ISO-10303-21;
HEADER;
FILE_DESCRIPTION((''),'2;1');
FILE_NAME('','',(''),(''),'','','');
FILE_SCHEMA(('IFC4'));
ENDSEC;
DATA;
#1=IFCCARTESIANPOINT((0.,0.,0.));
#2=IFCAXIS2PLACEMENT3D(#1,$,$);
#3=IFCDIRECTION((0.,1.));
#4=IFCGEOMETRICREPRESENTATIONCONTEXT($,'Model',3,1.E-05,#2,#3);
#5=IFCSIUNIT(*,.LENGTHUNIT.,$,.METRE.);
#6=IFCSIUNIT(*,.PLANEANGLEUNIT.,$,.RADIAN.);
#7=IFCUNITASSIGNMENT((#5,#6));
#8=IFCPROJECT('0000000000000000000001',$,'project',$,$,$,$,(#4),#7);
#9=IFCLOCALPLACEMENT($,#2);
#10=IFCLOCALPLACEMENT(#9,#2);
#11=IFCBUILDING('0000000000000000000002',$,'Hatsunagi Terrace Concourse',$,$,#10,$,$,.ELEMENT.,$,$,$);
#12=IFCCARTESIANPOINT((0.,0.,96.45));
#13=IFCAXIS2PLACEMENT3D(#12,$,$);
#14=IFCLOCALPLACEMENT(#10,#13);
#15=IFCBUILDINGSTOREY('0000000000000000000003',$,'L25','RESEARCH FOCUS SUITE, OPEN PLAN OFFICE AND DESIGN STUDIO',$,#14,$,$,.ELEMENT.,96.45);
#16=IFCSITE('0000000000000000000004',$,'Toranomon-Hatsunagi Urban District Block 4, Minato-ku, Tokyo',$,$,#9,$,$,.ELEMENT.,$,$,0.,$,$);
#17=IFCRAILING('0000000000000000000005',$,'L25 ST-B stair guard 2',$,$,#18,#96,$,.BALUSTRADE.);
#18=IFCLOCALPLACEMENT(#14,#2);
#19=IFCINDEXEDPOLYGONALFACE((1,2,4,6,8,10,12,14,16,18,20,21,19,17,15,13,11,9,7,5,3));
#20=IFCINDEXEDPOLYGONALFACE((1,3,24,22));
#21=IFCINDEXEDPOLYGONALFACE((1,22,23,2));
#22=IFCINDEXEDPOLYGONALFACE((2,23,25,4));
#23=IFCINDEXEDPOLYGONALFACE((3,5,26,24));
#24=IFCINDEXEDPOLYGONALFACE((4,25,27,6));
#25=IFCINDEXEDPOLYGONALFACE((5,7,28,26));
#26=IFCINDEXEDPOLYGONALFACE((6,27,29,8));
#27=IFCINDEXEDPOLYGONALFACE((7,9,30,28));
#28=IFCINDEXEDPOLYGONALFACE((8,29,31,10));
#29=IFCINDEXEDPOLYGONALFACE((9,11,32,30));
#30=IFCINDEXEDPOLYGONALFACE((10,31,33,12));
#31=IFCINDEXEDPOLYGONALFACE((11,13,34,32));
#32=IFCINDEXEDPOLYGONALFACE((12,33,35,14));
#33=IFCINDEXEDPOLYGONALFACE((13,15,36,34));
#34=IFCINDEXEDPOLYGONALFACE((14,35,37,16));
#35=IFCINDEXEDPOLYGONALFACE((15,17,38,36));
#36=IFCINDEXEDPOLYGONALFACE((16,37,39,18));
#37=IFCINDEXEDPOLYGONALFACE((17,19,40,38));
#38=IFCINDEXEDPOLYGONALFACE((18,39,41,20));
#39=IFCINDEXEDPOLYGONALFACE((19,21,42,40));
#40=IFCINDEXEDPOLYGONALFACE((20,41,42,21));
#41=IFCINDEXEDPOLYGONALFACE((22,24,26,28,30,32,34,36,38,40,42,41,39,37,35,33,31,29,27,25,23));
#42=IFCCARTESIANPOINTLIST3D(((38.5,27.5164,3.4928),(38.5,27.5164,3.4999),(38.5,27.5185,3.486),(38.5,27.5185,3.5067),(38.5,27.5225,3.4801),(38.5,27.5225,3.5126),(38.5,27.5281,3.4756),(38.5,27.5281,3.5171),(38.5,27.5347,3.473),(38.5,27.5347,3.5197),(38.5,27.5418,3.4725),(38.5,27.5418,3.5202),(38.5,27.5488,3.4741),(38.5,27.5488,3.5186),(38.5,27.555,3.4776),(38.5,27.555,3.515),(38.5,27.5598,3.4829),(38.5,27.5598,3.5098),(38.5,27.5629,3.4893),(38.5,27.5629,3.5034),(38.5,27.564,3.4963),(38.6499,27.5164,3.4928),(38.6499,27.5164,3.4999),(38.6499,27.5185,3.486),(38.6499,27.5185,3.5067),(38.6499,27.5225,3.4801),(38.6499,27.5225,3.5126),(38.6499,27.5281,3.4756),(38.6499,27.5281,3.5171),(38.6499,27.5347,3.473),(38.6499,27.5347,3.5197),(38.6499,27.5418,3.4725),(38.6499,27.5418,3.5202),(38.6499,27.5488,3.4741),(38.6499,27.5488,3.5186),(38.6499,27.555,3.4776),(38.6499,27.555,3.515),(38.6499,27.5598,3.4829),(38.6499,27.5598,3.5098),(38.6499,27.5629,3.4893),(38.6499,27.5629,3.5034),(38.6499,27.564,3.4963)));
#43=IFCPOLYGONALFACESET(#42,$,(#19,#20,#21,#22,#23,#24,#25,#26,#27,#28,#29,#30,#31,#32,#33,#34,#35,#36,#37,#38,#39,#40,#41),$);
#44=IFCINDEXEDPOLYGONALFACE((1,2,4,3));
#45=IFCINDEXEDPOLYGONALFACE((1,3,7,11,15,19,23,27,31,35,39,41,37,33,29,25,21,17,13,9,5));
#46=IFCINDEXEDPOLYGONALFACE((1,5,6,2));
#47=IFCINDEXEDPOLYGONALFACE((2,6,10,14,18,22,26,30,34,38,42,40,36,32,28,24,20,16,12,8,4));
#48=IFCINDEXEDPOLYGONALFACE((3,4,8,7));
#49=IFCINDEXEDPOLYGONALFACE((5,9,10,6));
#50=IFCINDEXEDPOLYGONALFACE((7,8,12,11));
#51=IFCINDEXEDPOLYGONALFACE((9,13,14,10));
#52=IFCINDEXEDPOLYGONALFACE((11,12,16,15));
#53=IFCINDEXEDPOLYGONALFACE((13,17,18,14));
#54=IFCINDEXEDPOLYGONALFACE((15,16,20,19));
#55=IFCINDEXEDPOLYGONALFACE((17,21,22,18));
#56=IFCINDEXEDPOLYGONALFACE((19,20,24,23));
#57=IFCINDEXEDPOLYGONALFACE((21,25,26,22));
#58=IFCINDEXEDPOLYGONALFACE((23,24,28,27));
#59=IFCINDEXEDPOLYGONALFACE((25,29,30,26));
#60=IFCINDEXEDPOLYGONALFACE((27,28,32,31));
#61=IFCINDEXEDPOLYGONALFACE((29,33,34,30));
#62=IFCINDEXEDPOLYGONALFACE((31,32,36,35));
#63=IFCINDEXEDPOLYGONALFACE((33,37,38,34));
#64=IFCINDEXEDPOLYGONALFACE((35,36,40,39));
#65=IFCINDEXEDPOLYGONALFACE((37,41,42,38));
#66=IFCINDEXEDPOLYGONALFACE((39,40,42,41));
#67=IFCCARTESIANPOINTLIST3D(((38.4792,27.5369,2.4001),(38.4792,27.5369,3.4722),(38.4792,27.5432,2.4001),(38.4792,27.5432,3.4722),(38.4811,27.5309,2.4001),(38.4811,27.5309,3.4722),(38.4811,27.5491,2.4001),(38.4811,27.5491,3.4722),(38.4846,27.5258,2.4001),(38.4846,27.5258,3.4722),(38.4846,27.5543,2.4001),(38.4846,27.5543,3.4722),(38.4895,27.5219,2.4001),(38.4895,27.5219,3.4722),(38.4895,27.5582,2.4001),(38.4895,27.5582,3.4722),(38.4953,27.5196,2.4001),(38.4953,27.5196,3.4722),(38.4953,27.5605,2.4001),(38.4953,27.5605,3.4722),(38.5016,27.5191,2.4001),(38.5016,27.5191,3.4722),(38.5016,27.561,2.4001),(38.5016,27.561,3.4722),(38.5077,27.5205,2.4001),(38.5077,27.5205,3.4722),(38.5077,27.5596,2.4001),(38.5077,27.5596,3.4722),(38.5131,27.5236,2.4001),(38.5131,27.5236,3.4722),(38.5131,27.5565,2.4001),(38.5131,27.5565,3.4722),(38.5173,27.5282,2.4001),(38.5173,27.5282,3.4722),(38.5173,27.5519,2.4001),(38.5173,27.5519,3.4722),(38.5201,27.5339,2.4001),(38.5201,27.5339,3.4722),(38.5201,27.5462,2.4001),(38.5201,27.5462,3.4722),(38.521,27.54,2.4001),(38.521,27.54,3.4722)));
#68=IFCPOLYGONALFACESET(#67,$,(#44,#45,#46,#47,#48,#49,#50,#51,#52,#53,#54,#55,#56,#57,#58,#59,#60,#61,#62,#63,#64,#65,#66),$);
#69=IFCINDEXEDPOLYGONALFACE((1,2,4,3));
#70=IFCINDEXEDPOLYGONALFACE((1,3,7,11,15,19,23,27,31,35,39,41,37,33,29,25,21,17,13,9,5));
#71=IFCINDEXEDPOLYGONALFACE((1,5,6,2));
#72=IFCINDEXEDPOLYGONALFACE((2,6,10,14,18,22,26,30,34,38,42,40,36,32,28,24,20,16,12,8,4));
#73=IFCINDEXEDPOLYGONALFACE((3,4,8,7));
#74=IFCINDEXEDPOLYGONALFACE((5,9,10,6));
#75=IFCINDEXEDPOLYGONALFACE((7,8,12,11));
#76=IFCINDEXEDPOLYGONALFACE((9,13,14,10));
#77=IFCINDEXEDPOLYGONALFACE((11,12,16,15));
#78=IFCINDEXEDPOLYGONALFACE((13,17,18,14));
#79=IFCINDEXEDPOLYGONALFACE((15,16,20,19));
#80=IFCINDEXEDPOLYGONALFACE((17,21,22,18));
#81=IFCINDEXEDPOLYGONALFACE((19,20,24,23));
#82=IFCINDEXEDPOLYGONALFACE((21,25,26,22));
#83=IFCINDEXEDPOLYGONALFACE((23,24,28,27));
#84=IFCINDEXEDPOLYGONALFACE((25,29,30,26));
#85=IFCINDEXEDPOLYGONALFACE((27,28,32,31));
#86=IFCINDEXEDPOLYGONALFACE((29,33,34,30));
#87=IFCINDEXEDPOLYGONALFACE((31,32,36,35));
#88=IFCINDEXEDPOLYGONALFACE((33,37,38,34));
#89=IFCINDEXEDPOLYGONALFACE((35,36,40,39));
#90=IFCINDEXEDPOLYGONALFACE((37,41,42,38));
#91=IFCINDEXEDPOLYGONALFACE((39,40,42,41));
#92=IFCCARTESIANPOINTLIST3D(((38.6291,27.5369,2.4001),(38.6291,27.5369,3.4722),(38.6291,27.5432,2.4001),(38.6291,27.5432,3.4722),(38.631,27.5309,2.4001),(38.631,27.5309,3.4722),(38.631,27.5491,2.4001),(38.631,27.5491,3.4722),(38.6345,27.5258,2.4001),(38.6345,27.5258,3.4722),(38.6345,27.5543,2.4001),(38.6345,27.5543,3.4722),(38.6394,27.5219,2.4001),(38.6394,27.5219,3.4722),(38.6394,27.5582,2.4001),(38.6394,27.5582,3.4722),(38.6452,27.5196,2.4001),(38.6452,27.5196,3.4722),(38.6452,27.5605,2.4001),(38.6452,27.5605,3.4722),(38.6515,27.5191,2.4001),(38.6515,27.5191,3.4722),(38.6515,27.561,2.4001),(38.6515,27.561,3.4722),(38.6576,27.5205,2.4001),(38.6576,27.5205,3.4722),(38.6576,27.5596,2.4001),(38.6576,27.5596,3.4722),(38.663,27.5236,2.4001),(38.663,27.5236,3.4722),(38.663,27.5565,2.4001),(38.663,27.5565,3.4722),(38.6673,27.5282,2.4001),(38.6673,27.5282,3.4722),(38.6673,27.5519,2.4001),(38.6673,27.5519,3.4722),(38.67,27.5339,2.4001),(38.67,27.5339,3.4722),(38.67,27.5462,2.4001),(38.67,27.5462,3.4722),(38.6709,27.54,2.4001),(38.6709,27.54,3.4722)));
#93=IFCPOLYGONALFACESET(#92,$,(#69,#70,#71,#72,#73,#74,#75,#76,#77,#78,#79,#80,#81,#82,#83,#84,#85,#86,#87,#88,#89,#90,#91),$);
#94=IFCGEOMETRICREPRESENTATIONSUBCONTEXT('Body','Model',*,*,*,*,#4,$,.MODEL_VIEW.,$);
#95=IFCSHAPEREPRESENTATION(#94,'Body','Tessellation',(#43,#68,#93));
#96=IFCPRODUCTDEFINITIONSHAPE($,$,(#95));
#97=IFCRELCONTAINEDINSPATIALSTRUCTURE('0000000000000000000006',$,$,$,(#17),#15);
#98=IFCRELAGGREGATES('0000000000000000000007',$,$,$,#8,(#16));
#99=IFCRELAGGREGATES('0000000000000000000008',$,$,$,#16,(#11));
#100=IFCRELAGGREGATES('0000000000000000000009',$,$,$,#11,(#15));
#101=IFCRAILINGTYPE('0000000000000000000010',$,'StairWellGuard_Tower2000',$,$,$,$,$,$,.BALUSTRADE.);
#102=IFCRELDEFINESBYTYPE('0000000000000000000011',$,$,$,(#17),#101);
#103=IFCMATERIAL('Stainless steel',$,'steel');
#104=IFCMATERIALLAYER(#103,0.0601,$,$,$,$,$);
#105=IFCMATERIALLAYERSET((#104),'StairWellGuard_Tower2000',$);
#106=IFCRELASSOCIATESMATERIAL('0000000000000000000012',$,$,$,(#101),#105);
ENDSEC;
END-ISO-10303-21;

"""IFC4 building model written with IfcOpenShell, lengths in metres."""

from ifc_helpers import new_model, si_unit, direction, frame, origin, origin_2d, place, context, subcontext, project, spatial, circle, extrude, material, layer, layer_set, type_object, element, save


model = new_model("IFC4")

# Units and contexts
model_context = context("Model", 3, precision=1e-05, world=origin(), true_north=direction((0.0, 1.0)))
body_context = subcontext(model_context, "Body", "Model", "MODEL_VIEW")
ifc_project = project(units=[si_unit("LENGTHUNIT", "METRE"), si_unit("PLANEANGLEUNIT", "RADIAN")], contexts=[model_context])

# Site, building, storey
site_placement = place(None, origin())
site = spatial("IfcSite", under=ifc_project, at=site_placement, Name="Toranomon-Hatsunagi Urban District Block 4, Minato-ku, Tokyo", CompositionType="ELEMENT", RefElevation=0.0)
building_placement = place(site_placement, origin())
building = spatial("IfcBuilding", under=site, at=building_placement, Name="Hatsunagi Terrace Concourse", CompositionType="ELEMENT")
storey_placement = place(building_placement, frame((0.0, 0.0, 96.45)))
storey = spatial("IfcBuildingStorey", under=building, at=storey_placement, Name="L25", Description="RESEARCH FOCUS SUITE, OPEN PLAN OFFICE AND DESIGN STUDIO", CompositionType="ELEMENT", Elevation=96.45)

# Railing
ifc_material_1 = material(Name="Stainless steel", Category="steel")
ifc_layer_1 = layer(ifc_material_1, 0.0601)
ifc_layer_set_1 = layer_set([ifc_layer_1], Name="StairWellGuard_Tower2000")
railing_type_1 = type_object("IfcRailingType", Name="StairWellGuard_Tower2000", PredefinedType="BALUSTRADE", material=ifc_layer_set_1)
railing_1_placement = place(storey_placement, frame((38.5, 27.54, 2.4001)))
element("IfcRailing", 1, at=railing_1_placement, inside=storey, type_object=railing_type_1, Name="L25 ST-B stair guard 2", PredefinedType="BALUSTRADE", context=body_context, shape_type="SweptSolid", body=[
    extrude(circle(Radius=0.0239, at=origin_2d()), frame((0.0, 0.0, 1.0962), z_axis=(1.0, 0.0, 0.0), x_axis=(0.0, 1.0, 0.0)), (0.0, 0.0, 1.0), 0.1499),
    extrude(circle(Radius=0.021, at=origin_2d()), origin(), (0.0, 0.0, 1.0), 1.072),
    extrude(circle(Radius=0.021, at=origin_2d()), frame((0.1499, 0.0, 0.0)), (0.0, 0.0, 1.0), 1.072),
])

save(model, "model.ifc")
